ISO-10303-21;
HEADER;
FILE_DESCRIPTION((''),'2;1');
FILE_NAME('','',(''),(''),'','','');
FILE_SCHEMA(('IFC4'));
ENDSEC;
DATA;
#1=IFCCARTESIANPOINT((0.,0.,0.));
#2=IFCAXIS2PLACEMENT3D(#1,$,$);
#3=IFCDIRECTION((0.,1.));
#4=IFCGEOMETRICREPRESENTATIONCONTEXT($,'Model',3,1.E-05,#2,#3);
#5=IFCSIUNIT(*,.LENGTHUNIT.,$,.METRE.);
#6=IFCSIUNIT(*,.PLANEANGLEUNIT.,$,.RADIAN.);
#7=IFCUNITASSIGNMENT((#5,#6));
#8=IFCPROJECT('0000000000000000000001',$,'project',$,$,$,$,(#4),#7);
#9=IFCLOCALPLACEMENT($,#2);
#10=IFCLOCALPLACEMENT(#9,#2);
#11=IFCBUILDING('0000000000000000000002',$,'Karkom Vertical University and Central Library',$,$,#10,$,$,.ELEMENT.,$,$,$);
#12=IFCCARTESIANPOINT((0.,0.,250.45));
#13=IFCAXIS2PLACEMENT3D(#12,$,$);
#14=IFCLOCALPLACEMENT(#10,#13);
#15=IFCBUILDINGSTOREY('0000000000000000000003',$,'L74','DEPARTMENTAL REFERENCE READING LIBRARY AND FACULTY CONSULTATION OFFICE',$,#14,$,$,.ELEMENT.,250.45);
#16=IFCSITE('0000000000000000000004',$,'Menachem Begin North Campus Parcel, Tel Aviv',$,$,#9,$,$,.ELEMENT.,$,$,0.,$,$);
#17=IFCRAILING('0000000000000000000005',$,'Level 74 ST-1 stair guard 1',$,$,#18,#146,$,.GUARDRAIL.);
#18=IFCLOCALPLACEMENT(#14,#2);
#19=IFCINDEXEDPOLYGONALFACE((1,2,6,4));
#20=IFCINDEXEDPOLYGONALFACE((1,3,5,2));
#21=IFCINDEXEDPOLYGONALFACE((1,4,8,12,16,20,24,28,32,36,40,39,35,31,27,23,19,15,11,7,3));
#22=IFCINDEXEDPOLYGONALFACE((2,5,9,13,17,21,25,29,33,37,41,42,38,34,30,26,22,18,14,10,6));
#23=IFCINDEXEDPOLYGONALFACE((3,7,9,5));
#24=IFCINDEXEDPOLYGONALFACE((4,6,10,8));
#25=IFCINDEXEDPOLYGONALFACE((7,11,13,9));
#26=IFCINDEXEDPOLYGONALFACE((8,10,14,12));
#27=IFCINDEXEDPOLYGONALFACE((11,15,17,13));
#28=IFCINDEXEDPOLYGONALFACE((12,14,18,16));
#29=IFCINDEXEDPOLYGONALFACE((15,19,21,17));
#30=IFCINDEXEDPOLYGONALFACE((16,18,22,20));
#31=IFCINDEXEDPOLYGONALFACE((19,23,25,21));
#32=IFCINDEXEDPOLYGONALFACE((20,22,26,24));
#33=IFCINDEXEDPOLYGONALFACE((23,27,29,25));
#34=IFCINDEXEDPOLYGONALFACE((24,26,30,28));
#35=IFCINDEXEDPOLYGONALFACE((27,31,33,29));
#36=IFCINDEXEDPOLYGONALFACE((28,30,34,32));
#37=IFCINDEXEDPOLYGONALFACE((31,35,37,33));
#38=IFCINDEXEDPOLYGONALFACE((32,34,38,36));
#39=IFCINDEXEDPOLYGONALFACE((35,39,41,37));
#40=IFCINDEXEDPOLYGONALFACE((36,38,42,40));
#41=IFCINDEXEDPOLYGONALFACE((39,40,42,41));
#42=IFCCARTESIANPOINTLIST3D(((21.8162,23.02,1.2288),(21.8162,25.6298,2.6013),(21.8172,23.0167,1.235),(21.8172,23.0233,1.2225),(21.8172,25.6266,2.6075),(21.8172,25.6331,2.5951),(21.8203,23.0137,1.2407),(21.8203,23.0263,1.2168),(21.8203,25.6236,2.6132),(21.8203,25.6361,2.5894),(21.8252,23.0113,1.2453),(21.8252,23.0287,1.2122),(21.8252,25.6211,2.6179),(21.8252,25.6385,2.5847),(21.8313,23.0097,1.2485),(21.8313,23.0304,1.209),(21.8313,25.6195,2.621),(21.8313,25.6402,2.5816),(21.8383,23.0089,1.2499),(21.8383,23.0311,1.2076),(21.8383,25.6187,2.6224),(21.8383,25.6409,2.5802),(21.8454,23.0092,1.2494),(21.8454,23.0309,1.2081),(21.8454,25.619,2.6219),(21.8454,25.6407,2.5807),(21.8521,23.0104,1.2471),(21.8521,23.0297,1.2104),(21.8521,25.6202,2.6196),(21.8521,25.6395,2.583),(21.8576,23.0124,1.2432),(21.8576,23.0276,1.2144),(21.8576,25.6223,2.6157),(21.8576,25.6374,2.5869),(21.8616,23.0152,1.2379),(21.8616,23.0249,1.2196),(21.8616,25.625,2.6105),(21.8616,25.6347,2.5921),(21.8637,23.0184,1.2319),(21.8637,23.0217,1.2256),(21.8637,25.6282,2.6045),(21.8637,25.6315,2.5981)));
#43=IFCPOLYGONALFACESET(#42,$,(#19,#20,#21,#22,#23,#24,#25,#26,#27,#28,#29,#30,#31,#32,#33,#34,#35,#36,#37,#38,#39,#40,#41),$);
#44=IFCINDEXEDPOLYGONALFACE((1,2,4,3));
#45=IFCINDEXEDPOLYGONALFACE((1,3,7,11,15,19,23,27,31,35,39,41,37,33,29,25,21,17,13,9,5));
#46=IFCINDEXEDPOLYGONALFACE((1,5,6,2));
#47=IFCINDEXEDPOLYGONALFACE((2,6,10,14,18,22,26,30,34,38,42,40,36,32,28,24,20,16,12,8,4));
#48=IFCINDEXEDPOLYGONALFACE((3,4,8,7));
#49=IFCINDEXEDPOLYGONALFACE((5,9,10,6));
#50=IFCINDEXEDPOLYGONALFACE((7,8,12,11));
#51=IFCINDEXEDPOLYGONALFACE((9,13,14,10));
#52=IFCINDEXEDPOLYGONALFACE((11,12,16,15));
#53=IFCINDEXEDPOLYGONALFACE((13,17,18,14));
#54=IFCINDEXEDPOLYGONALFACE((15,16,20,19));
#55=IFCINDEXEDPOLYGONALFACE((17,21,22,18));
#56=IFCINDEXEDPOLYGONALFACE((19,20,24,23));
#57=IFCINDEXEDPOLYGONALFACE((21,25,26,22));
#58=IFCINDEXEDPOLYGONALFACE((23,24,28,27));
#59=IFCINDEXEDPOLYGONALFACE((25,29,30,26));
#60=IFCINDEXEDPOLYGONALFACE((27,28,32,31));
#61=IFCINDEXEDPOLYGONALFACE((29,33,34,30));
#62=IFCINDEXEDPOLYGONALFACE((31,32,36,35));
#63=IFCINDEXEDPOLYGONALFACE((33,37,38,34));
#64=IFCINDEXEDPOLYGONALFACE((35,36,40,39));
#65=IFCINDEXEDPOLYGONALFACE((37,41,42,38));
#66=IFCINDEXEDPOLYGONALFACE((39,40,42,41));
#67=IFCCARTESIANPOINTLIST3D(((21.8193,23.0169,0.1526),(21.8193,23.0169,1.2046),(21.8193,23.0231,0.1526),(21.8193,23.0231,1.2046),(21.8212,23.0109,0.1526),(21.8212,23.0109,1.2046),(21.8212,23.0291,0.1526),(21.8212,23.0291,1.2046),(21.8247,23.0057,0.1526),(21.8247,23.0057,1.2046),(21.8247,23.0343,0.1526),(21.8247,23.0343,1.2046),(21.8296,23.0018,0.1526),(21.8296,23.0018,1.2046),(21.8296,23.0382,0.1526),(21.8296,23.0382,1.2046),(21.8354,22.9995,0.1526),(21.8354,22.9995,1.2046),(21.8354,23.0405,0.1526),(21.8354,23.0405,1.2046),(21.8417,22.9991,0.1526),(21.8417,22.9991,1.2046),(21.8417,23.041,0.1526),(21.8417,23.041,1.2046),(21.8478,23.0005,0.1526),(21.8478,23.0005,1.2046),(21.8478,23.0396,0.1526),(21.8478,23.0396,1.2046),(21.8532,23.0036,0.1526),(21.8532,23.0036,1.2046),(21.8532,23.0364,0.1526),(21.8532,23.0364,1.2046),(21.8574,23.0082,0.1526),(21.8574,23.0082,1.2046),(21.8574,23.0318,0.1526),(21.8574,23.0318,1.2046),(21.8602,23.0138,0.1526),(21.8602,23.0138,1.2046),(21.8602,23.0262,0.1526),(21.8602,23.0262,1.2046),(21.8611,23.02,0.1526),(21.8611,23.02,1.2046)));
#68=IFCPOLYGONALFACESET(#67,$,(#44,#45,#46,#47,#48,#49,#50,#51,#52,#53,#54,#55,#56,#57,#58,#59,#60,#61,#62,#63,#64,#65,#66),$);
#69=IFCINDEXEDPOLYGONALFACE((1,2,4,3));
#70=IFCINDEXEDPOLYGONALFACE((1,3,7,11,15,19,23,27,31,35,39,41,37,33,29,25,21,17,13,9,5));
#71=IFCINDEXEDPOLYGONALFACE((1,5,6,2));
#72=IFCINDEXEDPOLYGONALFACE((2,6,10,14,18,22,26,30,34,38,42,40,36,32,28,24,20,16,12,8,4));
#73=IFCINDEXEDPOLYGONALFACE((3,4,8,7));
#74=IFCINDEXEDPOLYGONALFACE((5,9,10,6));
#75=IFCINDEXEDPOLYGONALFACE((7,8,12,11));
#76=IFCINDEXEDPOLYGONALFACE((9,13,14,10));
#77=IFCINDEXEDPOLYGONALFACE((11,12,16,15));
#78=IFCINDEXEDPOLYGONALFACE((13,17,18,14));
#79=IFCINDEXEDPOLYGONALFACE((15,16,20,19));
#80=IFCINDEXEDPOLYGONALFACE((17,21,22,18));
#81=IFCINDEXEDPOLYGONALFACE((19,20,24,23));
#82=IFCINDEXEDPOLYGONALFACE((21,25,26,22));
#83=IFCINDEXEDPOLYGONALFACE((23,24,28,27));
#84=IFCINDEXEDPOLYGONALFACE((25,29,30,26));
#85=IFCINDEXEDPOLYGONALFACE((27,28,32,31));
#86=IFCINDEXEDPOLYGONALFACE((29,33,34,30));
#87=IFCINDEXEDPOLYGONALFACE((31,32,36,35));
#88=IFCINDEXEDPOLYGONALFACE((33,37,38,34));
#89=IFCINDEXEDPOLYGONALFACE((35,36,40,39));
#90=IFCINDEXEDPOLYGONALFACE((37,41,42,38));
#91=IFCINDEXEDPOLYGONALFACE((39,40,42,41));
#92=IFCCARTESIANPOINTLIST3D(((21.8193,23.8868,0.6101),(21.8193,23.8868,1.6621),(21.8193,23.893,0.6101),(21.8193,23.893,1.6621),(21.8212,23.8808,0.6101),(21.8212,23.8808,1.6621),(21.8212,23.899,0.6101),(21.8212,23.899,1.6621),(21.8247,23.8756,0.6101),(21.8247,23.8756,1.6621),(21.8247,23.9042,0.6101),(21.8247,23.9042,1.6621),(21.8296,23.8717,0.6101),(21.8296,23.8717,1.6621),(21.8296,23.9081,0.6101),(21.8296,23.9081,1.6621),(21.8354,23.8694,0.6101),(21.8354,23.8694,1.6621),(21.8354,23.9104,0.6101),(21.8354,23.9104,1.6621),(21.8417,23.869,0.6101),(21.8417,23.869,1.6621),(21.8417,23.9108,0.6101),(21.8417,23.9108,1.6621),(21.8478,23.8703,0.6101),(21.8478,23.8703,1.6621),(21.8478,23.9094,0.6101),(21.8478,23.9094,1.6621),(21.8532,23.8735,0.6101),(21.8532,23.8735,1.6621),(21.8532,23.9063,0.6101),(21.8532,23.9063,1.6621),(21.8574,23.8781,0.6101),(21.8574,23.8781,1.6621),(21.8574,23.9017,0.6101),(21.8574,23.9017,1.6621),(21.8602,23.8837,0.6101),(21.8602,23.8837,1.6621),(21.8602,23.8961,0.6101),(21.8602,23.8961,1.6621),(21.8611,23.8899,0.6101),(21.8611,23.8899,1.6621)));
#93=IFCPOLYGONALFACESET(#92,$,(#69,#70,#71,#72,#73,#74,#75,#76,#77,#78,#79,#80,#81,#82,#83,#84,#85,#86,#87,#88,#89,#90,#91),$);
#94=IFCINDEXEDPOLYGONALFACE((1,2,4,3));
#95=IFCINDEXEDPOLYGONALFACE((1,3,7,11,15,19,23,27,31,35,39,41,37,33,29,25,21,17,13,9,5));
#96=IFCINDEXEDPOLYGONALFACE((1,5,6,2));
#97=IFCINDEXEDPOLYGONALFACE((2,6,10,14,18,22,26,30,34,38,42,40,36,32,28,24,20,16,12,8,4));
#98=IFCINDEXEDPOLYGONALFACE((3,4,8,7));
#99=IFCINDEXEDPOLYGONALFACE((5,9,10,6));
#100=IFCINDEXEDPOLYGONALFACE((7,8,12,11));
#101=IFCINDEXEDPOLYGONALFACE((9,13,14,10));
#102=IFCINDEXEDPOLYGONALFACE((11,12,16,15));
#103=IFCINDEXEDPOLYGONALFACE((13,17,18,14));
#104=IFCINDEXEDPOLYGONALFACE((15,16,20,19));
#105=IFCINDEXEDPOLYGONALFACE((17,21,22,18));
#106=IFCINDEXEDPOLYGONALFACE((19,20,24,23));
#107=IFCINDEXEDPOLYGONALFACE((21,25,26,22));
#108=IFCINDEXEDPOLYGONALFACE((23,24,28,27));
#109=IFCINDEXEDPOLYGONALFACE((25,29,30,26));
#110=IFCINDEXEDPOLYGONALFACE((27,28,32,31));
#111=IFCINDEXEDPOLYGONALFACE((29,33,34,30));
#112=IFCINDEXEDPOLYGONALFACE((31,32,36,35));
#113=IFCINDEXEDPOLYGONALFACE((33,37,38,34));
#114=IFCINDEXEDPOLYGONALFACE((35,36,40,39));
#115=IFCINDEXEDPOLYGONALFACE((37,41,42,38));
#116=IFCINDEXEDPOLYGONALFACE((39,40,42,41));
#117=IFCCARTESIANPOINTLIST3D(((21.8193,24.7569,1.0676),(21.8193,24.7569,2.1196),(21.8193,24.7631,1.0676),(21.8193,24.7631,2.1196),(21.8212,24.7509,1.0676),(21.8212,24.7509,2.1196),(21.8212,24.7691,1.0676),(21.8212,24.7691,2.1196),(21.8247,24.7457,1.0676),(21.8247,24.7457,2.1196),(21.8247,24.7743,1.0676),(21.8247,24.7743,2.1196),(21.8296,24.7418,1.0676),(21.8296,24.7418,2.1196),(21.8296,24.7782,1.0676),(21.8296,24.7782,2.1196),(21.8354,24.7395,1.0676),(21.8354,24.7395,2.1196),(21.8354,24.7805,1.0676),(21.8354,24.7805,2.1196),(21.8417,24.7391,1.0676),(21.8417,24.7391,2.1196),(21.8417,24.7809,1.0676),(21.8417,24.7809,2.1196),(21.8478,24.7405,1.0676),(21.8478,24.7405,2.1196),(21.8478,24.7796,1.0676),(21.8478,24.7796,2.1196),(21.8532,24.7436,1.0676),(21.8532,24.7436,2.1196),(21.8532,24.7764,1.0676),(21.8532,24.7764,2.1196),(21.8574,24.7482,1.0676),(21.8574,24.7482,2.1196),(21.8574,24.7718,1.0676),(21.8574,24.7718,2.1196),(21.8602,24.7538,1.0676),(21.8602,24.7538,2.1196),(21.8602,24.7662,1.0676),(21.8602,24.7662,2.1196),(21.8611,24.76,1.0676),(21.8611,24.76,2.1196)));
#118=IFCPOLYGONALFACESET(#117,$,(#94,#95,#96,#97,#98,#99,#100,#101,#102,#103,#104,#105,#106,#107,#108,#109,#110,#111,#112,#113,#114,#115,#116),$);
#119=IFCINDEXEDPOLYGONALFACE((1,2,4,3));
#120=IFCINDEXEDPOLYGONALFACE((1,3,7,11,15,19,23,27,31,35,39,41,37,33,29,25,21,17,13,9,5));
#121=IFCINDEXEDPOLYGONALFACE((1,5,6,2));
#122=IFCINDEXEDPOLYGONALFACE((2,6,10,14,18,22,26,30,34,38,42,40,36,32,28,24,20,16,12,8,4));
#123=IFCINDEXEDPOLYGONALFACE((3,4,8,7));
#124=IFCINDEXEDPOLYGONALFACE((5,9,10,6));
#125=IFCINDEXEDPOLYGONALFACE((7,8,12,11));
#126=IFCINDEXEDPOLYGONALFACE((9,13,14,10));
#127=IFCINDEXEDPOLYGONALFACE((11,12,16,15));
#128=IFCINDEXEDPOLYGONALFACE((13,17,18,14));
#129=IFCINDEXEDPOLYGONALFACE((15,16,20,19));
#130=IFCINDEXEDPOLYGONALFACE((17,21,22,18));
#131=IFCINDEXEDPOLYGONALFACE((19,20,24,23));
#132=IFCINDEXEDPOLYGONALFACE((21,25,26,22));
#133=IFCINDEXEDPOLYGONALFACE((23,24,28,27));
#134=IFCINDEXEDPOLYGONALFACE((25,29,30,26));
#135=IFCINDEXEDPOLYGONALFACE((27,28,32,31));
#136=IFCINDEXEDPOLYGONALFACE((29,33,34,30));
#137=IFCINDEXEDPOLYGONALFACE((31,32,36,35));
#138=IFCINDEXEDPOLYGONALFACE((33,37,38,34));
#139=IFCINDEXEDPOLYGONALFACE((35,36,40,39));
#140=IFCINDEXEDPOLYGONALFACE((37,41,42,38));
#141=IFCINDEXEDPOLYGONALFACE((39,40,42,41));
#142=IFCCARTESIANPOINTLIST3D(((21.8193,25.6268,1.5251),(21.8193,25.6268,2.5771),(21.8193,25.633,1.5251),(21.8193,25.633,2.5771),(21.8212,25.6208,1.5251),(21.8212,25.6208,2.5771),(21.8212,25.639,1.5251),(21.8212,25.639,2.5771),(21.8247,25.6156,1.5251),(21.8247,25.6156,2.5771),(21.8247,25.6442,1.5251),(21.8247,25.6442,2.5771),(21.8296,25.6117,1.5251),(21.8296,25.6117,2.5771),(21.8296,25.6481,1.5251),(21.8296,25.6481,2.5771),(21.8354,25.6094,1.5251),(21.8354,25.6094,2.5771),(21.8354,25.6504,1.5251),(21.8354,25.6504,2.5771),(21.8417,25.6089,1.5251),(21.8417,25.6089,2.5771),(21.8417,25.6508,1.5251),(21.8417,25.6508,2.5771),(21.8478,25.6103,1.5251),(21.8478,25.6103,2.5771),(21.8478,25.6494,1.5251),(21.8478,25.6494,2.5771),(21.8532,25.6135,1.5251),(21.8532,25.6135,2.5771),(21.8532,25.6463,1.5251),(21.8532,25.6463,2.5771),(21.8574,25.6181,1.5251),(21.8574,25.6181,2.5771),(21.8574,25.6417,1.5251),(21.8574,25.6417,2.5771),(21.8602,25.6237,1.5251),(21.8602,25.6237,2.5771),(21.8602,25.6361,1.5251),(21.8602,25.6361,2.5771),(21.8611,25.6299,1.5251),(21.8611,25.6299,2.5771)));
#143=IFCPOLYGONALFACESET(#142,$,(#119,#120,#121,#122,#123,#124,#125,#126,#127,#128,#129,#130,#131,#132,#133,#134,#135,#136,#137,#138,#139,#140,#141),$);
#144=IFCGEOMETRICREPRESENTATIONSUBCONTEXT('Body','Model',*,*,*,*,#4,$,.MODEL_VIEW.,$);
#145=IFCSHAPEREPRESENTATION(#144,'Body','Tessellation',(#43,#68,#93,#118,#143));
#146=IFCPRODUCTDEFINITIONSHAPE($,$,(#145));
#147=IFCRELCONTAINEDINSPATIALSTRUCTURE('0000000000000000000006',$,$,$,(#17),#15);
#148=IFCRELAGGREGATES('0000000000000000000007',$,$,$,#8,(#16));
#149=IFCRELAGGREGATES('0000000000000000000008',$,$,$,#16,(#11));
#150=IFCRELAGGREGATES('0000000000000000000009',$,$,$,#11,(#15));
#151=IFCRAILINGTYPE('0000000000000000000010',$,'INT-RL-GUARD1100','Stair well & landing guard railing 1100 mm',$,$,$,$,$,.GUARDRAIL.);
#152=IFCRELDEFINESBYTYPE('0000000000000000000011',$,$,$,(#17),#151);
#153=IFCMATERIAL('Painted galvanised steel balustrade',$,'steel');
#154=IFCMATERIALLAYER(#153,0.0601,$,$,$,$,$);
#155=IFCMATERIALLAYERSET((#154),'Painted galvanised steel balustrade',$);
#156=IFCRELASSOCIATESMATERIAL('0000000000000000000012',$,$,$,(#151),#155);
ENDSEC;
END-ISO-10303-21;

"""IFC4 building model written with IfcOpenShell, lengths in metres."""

from ifc_helpers import new_model, si_unit, direction, frame, origin, origin_2d, place, context, subcontext, project, spatial, circle, extrude, material, layer, layer_set, type_object, element, save


model = new_model("IFC4")

# Units and contexts
model_context = context("Model", 3, precision=1e-05, world=origin(), true_north=direction((0.0, 1.0)))
body_context = subcontext(model_context, "Body", "Model", "MODEL_VIEW")
ifc_project = project(units=[si_unit("LENGTHUNIT", "METRE"), si_unit("PLANEANGLEUNIT", "RADIAN")], contexts=[model_context])

# Site, building, storey
site_placement = place(None, origin())
site = spatial("IfcSite", under=ifc_project, at=site_placement, Name="Menachem Begin North Campus Parcel, Tel Aviv", CompositionType="ELEMENT", RefElevation=0.0)
building_placement = place(site_placement, origin())
building = spatial("IfcBuilding", under=site, at=building_placement, Name="Karkom Vertical University and Central Library", CompositionType="ELEMENT")
storey_placement = place(building_placement, frame((0.0, 0.0, 250.45)))
storey = spatial("IfcBuildingStorey", under=building, at=storey_placement, Name="L74", Description="DEPARTMENTAL REFERENCE READING LIBRARY AND FACULTY CONSULTATION OFFICE", CompositionType="ELEMENT", Elevation=250.45)

# Railing
ifc_material_1 = material(Name="Painted galvanised steel balustrade", Category="steel")
ifc_layer_1 = layer(ifc_material_1, 0.0601)
ifc_layer_set_1 = layer_set([ifc_layer_1], Name="Painted galvanised steel balustrade")
railing_type_1 = type_object("IfcRailingType", Name="INT-RL-GUARD1100", Description="Stair well & landing guard railing 1100 mm", PredefinedType="GUARDRAIL", material=ifc_layer_set_1)
railing_1_placement = place(storey_placement, frame((21.8401, 23.02, 0.1526)))
element("IfcRailing", 1, at=railing_1_placement, inside=storey, type_object=railing_type_1, Name="Level 74 ST-1 stair guard 1", PredefinedType="GUARDRAIL", context=body_context, shape_type="SweptSolid", body=[
    extrude(circle(Radius=0.0239, at=origin_2d()), frame((0.0, 0.0, 1.0762), z_axis=(0.0, 0.885065, 0.465467), x_axis=(-1.0, 0.0, 0.0)), (0.0, 0.0, 1.0), 2.9487),
    extrude(circle(Radius=0.021, at=origin_2d()), origin(), (0.0, 0.0, 1.0), 1.052),
    extrude(circle(Radius=0.021, at=origin_2d()), frame((0.0, 0.8699, 0.4575)), (0.0, 0.0, 1.0), 1.052),
    extrude(circle(Radius=0.021, at=origin_2d()), frame((0.0, 1.74, 0.915)), (0.0, 0.0, 1.0), 1.052),
    extrude(circle(Radius=0.021, at=origin_2d()), frame((0.0, 2.6099, 1.3726)), (0.0, 0.0, 1.0), 1.052),
])

save(model, "model.ifc")
